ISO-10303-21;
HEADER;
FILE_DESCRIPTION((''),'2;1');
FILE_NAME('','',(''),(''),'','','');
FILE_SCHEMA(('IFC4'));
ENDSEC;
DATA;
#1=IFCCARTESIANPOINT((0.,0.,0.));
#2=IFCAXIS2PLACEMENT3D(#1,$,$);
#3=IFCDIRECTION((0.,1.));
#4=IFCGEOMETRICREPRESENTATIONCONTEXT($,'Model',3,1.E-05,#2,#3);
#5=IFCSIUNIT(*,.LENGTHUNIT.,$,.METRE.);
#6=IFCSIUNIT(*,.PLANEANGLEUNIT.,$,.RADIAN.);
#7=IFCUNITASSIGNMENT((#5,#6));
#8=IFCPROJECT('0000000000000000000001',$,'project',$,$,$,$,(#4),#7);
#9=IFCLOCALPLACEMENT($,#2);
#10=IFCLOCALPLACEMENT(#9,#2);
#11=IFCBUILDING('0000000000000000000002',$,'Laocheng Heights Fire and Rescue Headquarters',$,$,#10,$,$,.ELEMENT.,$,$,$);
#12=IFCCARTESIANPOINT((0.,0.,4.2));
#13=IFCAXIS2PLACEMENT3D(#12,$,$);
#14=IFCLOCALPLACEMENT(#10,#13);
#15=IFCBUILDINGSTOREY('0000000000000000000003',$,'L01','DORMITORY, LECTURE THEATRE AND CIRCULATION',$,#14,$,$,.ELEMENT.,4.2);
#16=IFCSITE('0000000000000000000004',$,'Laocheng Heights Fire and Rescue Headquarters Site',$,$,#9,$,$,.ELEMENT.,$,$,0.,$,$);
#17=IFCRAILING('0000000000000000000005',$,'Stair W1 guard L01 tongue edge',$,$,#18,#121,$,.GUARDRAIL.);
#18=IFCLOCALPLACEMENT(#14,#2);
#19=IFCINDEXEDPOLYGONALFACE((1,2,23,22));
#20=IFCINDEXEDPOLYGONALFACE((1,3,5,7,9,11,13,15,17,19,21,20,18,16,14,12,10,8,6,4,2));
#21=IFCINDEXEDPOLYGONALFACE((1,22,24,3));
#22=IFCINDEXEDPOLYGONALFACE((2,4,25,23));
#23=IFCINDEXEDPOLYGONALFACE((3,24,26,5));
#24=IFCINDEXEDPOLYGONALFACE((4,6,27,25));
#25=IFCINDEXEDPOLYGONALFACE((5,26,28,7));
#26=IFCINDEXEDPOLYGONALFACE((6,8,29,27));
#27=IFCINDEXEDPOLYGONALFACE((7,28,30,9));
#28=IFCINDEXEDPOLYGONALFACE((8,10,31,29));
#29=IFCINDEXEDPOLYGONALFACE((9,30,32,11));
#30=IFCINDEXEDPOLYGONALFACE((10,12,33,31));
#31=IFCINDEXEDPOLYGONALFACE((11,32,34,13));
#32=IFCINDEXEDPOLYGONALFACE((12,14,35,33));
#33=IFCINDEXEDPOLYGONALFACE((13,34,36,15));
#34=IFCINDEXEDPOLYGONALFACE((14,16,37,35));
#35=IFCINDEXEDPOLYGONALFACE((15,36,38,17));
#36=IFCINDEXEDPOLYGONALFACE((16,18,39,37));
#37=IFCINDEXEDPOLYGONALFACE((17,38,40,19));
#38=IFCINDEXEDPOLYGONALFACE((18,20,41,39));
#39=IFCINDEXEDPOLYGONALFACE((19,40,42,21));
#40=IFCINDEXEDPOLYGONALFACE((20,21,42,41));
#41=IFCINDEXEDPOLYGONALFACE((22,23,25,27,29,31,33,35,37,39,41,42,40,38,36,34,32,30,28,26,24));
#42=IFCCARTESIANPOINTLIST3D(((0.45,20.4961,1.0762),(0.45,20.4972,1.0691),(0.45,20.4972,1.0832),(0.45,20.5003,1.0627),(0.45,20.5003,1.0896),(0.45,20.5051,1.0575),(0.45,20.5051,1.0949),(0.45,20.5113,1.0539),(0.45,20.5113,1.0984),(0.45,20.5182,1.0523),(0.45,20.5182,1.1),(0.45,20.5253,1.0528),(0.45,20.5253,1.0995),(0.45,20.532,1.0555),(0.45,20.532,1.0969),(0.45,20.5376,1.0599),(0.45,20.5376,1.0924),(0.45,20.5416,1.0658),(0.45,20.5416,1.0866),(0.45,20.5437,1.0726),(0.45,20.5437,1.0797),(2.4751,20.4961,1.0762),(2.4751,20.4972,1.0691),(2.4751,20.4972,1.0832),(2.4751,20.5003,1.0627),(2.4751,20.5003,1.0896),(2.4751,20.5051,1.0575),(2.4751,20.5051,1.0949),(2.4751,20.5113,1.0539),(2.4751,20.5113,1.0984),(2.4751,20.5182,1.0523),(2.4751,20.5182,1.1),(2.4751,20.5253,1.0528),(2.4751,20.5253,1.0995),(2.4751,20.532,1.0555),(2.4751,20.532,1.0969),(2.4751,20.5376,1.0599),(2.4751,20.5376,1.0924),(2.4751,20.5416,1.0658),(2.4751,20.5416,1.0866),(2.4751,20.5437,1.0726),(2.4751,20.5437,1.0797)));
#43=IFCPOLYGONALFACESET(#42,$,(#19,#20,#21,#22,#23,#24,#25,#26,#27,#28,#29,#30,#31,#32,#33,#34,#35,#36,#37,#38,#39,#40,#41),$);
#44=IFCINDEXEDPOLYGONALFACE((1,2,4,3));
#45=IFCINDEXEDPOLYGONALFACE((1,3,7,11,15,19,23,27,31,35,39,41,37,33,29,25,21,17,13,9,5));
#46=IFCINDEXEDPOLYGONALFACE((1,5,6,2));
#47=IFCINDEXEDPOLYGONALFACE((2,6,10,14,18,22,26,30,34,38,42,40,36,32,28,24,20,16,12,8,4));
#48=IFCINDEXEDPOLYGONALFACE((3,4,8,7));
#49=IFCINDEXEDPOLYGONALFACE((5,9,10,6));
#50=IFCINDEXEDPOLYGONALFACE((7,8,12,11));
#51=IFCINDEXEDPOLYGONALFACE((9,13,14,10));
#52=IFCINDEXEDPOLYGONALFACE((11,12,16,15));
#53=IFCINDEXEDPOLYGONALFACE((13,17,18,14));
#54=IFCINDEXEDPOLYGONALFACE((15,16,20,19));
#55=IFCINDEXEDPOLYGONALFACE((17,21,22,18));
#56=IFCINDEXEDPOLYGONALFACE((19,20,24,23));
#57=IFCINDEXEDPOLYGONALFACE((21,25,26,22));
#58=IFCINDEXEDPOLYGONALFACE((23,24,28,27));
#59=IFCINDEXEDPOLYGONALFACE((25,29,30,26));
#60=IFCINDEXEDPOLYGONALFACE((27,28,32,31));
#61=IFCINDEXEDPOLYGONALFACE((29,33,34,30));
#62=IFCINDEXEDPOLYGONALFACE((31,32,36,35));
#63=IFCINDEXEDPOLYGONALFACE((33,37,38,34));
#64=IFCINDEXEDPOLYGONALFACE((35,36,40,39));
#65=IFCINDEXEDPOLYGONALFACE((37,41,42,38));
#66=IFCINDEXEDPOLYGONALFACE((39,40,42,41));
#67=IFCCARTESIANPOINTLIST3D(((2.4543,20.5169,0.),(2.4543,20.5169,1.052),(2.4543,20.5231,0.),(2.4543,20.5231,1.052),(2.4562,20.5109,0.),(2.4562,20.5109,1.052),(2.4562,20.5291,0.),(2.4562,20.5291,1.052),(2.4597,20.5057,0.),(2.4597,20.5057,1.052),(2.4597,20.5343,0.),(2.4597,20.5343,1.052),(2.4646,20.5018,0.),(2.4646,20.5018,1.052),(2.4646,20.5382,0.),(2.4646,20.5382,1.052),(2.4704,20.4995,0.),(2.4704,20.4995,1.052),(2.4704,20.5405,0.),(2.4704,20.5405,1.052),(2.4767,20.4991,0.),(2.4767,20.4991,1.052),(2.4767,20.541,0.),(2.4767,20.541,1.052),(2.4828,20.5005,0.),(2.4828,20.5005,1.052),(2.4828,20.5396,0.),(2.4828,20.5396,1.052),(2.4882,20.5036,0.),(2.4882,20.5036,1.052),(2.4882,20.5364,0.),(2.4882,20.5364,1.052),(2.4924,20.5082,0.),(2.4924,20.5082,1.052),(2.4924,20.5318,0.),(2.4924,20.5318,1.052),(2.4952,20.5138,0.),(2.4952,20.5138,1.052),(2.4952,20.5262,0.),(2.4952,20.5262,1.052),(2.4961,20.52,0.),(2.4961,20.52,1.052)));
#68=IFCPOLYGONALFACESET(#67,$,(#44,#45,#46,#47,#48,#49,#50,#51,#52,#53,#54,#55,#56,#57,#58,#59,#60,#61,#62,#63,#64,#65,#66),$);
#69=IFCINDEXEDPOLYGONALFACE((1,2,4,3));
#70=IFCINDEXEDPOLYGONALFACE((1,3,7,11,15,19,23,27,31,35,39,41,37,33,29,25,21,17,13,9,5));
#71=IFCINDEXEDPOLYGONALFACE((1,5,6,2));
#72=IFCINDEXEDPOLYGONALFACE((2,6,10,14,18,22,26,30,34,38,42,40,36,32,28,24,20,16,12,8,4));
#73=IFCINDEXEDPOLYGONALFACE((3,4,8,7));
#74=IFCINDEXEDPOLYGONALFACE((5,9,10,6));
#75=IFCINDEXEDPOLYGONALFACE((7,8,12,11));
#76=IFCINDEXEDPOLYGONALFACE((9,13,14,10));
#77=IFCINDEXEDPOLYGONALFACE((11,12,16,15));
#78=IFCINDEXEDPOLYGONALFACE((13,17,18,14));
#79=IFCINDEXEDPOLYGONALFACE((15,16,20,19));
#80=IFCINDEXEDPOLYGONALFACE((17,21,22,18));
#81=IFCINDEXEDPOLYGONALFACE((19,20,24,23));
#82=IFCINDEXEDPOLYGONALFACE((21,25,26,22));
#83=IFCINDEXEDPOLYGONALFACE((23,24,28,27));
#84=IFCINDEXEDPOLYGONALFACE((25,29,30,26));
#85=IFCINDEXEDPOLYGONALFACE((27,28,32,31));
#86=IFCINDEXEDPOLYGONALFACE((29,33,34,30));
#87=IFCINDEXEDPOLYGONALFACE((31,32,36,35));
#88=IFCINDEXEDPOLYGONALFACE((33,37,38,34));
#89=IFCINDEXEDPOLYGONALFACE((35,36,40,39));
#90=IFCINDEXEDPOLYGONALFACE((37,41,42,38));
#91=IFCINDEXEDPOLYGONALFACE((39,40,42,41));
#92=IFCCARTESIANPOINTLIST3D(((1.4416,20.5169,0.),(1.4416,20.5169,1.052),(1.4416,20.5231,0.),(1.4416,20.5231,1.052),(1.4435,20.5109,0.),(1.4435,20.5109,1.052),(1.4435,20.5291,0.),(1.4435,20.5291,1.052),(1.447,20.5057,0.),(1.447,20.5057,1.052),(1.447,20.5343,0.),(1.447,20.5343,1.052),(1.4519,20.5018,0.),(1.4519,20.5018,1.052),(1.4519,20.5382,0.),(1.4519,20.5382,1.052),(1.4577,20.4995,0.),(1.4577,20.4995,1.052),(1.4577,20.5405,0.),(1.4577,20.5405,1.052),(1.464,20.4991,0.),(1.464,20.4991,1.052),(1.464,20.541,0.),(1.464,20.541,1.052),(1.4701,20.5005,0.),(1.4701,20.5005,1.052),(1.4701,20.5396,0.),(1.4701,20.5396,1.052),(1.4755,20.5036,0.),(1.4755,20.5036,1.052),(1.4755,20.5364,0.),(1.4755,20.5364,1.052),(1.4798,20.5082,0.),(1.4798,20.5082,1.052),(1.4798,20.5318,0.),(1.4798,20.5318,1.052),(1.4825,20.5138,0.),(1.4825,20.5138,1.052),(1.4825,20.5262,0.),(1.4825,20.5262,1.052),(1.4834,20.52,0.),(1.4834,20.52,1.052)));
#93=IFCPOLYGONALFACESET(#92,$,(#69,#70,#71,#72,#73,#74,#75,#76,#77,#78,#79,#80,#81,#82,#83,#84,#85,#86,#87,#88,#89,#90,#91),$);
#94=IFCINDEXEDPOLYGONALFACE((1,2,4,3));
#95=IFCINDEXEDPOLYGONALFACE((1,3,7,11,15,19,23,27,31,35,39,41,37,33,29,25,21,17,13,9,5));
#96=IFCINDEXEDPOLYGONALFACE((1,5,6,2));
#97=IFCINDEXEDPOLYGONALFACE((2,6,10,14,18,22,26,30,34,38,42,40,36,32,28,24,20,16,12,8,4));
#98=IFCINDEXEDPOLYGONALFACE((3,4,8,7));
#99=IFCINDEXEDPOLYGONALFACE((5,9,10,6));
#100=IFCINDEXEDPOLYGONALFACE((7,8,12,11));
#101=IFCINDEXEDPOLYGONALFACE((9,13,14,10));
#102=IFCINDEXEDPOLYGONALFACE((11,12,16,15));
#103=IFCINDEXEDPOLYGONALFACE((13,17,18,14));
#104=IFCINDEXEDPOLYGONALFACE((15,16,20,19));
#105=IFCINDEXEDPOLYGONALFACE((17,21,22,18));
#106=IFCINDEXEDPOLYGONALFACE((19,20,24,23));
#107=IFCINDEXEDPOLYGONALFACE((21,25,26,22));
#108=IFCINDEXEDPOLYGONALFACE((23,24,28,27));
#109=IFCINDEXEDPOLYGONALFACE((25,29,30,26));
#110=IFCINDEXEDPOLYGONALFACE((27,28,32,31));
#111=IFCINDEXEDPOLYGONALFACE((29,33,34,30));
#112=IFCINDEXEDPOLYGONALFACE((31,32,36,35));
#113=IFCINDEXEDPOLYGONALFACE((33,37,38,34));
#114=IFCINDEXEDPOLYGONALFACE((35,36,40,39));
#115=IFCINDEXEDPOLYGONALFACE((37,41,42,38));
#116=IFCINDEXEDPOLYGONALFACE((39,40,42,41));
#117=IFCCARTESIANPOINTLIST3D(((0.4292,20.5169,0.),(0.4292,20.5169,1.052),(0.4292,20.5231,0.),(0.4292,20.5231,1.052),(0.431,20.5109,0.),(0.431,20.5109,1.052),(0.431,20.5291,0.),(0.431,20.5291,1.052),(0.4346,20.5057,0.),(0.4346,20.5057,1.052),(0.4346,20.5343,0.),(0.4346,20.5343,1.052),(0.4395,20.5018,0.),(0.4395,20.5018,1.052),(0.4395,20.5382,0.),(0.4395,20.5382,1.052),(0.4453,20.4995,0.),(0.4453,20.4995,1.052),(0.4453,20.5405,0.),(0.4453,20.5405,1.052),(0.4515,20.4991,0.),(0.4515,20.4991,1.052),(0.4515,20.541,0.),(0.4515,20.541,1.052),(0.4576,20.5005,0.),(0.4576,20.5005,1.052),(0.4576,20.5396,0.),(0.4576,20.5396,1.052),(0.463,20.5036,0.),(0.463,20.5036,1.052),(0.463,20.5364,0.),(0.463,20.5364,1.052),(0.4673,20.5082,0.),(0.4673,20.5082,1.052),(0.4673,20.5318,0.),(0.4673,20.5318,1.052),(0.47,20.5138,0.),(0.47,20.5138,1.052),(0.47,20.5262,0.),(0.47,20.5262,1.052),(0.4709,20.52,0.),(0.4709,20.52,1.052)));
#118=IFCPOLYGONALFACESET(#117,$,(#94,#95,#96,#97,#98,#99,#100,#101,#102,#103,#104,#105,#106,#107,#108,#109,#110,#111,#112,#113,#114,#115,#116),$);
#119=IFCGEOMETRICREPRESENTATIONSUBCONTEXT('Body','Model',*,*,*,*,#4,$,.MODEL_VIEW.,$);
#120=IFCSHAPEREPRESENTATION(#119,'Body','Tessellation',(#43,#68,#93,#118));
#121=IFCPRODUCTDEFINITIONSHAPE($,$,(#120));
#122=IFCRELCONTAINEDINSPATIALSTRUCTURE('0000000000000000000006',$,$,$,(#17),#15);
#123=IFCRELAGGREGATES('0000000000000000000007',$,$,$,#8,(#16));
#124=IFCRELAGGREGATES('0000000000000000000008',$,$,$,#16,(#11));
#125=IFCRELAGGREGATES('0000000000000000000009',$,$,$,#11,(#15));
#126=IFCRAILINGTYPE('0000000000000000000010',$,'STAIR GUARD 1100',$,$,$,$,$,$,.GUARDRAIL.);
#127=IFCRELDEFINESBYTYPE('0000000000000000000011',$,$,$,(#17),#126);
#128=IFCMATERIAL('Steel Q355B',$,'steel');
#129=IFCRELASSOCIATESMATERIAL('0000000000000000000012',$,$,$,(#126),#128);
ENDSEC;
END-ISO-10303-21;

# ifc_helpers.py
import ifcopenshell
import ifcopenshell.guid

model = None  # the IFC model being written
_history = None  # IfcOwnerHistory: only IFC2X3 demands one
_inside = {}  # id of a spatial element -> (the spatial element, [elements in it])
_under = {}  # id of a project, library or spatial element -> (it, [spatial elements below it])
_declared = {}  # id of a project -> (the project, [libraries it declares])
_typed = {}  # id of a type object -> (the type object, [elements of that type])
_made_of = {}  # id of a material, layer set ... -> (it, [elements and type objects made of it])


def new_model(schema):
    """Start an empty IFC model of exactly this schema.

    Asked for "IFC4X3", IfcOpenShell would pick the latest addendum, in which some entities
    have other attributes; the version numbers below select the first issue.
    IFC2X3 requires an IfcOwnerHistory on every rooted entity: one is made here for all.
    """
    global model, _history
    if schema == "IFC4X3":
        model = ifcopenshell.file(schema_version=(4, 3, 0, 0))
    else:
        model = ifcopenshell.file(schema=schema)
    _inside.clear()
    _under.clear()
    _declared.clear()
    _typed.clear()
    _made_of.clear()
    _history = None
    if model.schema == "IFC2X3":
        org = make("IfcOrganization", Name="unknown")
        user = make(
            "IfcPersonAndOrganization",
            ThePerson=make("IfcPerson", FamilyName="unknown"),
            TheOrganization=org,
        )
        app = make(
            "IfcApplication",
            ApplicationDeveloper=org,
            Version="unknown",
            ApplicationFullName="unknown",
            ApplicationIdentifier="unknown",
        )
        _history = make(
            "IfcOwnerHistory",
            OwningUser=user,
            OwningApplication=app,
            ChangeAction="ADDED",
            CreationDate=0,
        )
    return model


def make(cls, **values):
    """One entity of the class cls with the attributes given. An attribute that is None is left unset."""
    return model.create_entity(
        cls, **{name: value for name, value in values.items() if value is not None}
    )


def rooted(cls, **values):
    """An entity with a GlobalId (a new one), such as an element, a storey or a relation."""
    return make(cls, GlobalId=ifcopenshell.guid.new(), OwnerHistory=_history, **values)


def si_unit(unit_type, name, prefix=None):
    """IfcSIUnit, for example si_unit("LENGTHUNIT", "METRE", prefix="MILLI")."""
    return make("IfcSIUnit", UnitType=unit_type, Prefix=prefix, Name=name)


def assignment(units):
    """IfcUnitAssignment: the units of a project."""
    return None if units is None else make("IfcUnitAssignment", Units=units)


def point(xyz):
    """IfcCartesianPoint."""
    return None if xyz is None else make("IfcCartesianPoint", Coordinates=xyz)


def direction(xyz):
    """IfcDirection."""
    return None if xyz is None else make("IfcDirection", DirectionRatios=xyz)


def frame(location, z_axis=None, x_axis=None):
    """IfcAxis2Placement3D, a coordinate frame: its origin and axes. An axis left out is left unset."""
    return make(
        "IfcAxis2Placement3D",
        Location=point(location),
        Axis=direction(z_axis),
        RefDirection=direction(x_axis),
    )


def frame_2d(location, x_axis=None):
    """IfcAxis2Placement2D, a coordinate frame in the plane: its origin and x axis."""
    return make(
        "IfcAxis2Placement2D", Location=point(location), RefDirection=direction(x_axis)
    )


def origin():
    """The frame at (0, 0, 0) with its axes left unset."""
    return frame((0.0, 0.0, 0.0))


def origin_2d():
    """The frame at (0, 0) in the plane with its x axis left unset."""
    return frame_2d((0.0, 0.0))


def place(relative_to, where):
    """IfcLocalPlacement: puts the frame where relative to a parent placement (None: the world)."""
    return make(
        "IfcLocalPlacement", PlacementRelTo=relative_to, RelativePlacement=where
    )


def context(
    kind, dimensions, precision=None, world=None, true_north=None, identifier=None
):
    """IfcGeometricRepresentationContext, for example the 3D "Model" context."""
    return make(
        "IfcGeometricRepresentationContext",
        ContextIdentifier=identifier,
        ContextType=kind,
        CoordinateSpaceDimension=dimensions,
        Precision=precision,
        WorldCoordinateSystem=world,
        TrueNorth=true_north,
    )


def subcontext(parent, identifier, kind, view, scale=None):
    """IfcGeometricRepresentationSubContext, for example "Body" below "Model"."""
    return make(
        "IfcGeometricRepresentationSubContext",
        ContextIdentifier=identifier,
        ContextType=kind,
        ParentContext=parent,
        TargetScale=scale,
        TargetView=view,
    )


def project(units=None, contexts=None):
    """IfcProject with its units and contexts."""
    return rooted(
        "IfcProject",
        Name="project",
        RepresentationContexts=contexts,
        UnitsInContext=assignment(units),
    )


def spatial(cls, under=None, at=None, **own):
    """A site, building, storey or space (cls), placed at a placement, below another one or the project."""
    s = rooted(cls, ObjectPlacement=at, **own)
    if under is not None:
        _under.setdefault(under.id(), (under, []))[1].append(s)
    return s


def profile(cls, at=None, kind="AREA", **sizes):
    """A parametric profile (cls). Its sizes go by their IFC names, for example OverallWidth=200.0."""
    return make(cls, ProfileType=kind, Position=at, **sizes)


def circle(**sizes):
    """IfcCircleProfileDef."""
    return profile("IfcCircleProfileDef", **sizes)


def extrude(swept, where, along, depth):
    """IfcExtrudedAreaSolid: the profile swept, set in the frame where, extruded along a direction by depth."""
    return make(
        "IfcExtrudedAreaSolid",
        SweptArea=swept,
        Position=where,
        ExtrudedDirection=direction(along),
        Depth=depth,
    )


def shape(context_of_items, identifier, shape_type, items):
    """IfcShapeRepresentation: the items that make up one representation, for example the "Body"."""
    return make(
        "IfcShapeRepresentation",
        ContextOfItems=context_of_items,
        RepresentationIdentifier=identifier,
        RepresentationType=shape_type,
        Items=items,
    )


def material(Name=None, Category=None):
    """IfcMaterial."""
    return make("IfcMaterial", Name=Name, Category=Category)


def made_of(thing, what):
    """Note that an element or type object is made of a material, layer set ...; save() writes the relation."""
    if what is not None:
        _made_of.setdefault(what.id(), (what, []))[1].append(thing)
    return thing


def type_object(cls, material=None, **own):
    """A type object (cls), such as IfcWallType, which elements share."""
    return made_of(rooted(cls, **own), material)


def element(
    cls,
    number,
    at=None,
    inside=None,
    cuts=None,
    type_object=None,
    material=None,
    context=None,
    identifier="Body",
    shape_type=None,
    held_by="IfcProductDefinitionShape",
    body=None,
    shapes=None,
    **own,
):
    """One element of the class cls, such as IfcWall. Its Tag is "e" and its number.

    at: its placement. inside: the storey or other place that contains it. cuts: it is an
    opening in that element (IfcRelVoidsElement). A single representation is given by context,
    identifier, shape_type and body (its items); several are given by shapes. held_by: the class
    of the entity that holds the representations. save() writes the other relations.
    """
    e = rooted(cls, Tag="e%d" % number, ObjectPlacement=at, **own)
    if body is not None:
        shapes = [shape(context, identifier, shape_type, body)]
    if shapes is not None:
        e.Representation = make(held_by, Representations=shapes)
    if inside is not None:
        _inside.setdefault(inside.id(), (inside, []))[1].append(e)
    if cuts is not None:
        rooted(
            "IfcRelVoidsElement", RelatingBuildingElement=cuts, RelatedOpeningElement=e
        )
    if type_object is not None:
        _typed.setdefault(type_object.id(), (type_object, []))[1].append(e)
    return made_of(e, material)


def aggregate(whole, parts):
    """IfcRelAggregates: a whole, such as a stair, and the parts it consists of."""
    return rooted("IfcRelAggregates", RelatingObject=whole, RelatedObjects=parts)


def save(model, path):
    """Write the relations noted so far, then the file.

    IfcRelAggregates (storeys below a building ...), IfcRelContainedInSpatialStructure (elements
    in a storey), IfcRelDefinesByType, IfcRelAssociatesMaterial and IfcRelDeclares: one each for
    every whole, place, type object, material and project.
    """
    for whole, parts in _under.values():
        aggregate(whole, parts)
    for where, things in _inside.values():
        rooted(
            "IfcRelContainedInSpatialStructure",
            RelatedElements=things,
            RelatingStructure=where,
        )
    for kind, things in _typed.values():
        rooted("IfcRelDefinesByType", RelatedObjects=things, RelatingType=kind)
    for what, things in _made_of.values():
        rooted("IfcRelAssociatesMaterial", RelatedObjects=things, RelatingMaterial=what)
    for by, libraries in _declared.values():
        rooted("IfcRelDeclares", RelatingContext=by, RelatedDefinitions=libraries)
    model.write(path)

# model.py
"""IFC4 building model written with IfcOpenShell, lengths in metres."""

from ifc_helpers import new_model, si_unit, direction, frame, origin, origin_2d, place, context, subcontext, project, spatial, circle, extrude, material, type_object, element, save


model = new_model("IFC4")

# Units and contexts
model_context = context("Model", 3, precision=1e-05, world=origin(), true_north=direction((0.0, 1.0)))
body_context = subcontext(model_context, "Body", "Model", "MODEL_VIEW")
ifc_project = project(units=[si_unit("LENGTHUNIT", "METRE"), si_unit("PLANEANGLEUNIT", "RADIAN")], contexts=[model_context])

# Site, building, storey
site_placement = place(None, origin())
site = spatial("IfcSite", under=ifc_project, at=site_placement, Name="Laocheng Heights Fire and Rescue Headquarters Site", CompositionType="ELEMENT", RefElevation=0.0)
building_placement = place(site_placement, origin())
building = spatial("IfcBuilding", under=site, at=building_placement, Name="Laocheng Heights Fire and Rescue Headquarters", CompositionType="ELEMENT")
storey_placement = place(building_placement, frame((0.0, 0.0, 4.2)))
storey = spatial("IfcBuildingStorey", under=building, at=storey_placement, Name="L01", Description="DORMITORY, LECTURE THEATRE AND CIRCULATION", CompositionType="ELEMENT", Elevation=4.2)

# Railing
ifc_material_1 = material(Name="Steel Q355B", Category="steel")
railing_type_1 = type_object("IfcRailingType", Name="STAIR GUARD 1100", PredefinedType="GUARDRAIL", material=ifc_material_1)
railing_1_placement = place(storey_placement, frame((2.4751, 20.52, 0.0)))
element("IfcRailing", 1, at=railing_1_placement, inside=storey, type_object=railing_type_1, Name="Stair W1 guard L01 tongue edge", PredefinedType="GUARDRAIL", context=body_context, shape_type="SweptSolid", body=[
    extrude(circle(Radius=0.0239, at=origin_2d()), frame((0.0, 0.0, 1.0762), z_axis=(-1.0, 0.0, 0.0), x_axis=(0.0, -1.0, 0.0)), (0.0, 0.0, 1.0), 2.0251),
    extrude(circle(Radius=0.021, at=origin_2d()), origin(), (0.0, 0.0, 1.0), 1.052),
    extrude(circle(Radius=0.021, at=origin_2d()), frame((-1.0127, 0.0, 0.0)), (0.0, 0.0, 1.0), 1.052),
    extrude(circle(Radius=0.021, at=origin_2d()), frame((-2.0251, 0.0, 0.0)), (0.0, 0.0, 1.0), 1.052),
])

save(model, "model.ifc")
